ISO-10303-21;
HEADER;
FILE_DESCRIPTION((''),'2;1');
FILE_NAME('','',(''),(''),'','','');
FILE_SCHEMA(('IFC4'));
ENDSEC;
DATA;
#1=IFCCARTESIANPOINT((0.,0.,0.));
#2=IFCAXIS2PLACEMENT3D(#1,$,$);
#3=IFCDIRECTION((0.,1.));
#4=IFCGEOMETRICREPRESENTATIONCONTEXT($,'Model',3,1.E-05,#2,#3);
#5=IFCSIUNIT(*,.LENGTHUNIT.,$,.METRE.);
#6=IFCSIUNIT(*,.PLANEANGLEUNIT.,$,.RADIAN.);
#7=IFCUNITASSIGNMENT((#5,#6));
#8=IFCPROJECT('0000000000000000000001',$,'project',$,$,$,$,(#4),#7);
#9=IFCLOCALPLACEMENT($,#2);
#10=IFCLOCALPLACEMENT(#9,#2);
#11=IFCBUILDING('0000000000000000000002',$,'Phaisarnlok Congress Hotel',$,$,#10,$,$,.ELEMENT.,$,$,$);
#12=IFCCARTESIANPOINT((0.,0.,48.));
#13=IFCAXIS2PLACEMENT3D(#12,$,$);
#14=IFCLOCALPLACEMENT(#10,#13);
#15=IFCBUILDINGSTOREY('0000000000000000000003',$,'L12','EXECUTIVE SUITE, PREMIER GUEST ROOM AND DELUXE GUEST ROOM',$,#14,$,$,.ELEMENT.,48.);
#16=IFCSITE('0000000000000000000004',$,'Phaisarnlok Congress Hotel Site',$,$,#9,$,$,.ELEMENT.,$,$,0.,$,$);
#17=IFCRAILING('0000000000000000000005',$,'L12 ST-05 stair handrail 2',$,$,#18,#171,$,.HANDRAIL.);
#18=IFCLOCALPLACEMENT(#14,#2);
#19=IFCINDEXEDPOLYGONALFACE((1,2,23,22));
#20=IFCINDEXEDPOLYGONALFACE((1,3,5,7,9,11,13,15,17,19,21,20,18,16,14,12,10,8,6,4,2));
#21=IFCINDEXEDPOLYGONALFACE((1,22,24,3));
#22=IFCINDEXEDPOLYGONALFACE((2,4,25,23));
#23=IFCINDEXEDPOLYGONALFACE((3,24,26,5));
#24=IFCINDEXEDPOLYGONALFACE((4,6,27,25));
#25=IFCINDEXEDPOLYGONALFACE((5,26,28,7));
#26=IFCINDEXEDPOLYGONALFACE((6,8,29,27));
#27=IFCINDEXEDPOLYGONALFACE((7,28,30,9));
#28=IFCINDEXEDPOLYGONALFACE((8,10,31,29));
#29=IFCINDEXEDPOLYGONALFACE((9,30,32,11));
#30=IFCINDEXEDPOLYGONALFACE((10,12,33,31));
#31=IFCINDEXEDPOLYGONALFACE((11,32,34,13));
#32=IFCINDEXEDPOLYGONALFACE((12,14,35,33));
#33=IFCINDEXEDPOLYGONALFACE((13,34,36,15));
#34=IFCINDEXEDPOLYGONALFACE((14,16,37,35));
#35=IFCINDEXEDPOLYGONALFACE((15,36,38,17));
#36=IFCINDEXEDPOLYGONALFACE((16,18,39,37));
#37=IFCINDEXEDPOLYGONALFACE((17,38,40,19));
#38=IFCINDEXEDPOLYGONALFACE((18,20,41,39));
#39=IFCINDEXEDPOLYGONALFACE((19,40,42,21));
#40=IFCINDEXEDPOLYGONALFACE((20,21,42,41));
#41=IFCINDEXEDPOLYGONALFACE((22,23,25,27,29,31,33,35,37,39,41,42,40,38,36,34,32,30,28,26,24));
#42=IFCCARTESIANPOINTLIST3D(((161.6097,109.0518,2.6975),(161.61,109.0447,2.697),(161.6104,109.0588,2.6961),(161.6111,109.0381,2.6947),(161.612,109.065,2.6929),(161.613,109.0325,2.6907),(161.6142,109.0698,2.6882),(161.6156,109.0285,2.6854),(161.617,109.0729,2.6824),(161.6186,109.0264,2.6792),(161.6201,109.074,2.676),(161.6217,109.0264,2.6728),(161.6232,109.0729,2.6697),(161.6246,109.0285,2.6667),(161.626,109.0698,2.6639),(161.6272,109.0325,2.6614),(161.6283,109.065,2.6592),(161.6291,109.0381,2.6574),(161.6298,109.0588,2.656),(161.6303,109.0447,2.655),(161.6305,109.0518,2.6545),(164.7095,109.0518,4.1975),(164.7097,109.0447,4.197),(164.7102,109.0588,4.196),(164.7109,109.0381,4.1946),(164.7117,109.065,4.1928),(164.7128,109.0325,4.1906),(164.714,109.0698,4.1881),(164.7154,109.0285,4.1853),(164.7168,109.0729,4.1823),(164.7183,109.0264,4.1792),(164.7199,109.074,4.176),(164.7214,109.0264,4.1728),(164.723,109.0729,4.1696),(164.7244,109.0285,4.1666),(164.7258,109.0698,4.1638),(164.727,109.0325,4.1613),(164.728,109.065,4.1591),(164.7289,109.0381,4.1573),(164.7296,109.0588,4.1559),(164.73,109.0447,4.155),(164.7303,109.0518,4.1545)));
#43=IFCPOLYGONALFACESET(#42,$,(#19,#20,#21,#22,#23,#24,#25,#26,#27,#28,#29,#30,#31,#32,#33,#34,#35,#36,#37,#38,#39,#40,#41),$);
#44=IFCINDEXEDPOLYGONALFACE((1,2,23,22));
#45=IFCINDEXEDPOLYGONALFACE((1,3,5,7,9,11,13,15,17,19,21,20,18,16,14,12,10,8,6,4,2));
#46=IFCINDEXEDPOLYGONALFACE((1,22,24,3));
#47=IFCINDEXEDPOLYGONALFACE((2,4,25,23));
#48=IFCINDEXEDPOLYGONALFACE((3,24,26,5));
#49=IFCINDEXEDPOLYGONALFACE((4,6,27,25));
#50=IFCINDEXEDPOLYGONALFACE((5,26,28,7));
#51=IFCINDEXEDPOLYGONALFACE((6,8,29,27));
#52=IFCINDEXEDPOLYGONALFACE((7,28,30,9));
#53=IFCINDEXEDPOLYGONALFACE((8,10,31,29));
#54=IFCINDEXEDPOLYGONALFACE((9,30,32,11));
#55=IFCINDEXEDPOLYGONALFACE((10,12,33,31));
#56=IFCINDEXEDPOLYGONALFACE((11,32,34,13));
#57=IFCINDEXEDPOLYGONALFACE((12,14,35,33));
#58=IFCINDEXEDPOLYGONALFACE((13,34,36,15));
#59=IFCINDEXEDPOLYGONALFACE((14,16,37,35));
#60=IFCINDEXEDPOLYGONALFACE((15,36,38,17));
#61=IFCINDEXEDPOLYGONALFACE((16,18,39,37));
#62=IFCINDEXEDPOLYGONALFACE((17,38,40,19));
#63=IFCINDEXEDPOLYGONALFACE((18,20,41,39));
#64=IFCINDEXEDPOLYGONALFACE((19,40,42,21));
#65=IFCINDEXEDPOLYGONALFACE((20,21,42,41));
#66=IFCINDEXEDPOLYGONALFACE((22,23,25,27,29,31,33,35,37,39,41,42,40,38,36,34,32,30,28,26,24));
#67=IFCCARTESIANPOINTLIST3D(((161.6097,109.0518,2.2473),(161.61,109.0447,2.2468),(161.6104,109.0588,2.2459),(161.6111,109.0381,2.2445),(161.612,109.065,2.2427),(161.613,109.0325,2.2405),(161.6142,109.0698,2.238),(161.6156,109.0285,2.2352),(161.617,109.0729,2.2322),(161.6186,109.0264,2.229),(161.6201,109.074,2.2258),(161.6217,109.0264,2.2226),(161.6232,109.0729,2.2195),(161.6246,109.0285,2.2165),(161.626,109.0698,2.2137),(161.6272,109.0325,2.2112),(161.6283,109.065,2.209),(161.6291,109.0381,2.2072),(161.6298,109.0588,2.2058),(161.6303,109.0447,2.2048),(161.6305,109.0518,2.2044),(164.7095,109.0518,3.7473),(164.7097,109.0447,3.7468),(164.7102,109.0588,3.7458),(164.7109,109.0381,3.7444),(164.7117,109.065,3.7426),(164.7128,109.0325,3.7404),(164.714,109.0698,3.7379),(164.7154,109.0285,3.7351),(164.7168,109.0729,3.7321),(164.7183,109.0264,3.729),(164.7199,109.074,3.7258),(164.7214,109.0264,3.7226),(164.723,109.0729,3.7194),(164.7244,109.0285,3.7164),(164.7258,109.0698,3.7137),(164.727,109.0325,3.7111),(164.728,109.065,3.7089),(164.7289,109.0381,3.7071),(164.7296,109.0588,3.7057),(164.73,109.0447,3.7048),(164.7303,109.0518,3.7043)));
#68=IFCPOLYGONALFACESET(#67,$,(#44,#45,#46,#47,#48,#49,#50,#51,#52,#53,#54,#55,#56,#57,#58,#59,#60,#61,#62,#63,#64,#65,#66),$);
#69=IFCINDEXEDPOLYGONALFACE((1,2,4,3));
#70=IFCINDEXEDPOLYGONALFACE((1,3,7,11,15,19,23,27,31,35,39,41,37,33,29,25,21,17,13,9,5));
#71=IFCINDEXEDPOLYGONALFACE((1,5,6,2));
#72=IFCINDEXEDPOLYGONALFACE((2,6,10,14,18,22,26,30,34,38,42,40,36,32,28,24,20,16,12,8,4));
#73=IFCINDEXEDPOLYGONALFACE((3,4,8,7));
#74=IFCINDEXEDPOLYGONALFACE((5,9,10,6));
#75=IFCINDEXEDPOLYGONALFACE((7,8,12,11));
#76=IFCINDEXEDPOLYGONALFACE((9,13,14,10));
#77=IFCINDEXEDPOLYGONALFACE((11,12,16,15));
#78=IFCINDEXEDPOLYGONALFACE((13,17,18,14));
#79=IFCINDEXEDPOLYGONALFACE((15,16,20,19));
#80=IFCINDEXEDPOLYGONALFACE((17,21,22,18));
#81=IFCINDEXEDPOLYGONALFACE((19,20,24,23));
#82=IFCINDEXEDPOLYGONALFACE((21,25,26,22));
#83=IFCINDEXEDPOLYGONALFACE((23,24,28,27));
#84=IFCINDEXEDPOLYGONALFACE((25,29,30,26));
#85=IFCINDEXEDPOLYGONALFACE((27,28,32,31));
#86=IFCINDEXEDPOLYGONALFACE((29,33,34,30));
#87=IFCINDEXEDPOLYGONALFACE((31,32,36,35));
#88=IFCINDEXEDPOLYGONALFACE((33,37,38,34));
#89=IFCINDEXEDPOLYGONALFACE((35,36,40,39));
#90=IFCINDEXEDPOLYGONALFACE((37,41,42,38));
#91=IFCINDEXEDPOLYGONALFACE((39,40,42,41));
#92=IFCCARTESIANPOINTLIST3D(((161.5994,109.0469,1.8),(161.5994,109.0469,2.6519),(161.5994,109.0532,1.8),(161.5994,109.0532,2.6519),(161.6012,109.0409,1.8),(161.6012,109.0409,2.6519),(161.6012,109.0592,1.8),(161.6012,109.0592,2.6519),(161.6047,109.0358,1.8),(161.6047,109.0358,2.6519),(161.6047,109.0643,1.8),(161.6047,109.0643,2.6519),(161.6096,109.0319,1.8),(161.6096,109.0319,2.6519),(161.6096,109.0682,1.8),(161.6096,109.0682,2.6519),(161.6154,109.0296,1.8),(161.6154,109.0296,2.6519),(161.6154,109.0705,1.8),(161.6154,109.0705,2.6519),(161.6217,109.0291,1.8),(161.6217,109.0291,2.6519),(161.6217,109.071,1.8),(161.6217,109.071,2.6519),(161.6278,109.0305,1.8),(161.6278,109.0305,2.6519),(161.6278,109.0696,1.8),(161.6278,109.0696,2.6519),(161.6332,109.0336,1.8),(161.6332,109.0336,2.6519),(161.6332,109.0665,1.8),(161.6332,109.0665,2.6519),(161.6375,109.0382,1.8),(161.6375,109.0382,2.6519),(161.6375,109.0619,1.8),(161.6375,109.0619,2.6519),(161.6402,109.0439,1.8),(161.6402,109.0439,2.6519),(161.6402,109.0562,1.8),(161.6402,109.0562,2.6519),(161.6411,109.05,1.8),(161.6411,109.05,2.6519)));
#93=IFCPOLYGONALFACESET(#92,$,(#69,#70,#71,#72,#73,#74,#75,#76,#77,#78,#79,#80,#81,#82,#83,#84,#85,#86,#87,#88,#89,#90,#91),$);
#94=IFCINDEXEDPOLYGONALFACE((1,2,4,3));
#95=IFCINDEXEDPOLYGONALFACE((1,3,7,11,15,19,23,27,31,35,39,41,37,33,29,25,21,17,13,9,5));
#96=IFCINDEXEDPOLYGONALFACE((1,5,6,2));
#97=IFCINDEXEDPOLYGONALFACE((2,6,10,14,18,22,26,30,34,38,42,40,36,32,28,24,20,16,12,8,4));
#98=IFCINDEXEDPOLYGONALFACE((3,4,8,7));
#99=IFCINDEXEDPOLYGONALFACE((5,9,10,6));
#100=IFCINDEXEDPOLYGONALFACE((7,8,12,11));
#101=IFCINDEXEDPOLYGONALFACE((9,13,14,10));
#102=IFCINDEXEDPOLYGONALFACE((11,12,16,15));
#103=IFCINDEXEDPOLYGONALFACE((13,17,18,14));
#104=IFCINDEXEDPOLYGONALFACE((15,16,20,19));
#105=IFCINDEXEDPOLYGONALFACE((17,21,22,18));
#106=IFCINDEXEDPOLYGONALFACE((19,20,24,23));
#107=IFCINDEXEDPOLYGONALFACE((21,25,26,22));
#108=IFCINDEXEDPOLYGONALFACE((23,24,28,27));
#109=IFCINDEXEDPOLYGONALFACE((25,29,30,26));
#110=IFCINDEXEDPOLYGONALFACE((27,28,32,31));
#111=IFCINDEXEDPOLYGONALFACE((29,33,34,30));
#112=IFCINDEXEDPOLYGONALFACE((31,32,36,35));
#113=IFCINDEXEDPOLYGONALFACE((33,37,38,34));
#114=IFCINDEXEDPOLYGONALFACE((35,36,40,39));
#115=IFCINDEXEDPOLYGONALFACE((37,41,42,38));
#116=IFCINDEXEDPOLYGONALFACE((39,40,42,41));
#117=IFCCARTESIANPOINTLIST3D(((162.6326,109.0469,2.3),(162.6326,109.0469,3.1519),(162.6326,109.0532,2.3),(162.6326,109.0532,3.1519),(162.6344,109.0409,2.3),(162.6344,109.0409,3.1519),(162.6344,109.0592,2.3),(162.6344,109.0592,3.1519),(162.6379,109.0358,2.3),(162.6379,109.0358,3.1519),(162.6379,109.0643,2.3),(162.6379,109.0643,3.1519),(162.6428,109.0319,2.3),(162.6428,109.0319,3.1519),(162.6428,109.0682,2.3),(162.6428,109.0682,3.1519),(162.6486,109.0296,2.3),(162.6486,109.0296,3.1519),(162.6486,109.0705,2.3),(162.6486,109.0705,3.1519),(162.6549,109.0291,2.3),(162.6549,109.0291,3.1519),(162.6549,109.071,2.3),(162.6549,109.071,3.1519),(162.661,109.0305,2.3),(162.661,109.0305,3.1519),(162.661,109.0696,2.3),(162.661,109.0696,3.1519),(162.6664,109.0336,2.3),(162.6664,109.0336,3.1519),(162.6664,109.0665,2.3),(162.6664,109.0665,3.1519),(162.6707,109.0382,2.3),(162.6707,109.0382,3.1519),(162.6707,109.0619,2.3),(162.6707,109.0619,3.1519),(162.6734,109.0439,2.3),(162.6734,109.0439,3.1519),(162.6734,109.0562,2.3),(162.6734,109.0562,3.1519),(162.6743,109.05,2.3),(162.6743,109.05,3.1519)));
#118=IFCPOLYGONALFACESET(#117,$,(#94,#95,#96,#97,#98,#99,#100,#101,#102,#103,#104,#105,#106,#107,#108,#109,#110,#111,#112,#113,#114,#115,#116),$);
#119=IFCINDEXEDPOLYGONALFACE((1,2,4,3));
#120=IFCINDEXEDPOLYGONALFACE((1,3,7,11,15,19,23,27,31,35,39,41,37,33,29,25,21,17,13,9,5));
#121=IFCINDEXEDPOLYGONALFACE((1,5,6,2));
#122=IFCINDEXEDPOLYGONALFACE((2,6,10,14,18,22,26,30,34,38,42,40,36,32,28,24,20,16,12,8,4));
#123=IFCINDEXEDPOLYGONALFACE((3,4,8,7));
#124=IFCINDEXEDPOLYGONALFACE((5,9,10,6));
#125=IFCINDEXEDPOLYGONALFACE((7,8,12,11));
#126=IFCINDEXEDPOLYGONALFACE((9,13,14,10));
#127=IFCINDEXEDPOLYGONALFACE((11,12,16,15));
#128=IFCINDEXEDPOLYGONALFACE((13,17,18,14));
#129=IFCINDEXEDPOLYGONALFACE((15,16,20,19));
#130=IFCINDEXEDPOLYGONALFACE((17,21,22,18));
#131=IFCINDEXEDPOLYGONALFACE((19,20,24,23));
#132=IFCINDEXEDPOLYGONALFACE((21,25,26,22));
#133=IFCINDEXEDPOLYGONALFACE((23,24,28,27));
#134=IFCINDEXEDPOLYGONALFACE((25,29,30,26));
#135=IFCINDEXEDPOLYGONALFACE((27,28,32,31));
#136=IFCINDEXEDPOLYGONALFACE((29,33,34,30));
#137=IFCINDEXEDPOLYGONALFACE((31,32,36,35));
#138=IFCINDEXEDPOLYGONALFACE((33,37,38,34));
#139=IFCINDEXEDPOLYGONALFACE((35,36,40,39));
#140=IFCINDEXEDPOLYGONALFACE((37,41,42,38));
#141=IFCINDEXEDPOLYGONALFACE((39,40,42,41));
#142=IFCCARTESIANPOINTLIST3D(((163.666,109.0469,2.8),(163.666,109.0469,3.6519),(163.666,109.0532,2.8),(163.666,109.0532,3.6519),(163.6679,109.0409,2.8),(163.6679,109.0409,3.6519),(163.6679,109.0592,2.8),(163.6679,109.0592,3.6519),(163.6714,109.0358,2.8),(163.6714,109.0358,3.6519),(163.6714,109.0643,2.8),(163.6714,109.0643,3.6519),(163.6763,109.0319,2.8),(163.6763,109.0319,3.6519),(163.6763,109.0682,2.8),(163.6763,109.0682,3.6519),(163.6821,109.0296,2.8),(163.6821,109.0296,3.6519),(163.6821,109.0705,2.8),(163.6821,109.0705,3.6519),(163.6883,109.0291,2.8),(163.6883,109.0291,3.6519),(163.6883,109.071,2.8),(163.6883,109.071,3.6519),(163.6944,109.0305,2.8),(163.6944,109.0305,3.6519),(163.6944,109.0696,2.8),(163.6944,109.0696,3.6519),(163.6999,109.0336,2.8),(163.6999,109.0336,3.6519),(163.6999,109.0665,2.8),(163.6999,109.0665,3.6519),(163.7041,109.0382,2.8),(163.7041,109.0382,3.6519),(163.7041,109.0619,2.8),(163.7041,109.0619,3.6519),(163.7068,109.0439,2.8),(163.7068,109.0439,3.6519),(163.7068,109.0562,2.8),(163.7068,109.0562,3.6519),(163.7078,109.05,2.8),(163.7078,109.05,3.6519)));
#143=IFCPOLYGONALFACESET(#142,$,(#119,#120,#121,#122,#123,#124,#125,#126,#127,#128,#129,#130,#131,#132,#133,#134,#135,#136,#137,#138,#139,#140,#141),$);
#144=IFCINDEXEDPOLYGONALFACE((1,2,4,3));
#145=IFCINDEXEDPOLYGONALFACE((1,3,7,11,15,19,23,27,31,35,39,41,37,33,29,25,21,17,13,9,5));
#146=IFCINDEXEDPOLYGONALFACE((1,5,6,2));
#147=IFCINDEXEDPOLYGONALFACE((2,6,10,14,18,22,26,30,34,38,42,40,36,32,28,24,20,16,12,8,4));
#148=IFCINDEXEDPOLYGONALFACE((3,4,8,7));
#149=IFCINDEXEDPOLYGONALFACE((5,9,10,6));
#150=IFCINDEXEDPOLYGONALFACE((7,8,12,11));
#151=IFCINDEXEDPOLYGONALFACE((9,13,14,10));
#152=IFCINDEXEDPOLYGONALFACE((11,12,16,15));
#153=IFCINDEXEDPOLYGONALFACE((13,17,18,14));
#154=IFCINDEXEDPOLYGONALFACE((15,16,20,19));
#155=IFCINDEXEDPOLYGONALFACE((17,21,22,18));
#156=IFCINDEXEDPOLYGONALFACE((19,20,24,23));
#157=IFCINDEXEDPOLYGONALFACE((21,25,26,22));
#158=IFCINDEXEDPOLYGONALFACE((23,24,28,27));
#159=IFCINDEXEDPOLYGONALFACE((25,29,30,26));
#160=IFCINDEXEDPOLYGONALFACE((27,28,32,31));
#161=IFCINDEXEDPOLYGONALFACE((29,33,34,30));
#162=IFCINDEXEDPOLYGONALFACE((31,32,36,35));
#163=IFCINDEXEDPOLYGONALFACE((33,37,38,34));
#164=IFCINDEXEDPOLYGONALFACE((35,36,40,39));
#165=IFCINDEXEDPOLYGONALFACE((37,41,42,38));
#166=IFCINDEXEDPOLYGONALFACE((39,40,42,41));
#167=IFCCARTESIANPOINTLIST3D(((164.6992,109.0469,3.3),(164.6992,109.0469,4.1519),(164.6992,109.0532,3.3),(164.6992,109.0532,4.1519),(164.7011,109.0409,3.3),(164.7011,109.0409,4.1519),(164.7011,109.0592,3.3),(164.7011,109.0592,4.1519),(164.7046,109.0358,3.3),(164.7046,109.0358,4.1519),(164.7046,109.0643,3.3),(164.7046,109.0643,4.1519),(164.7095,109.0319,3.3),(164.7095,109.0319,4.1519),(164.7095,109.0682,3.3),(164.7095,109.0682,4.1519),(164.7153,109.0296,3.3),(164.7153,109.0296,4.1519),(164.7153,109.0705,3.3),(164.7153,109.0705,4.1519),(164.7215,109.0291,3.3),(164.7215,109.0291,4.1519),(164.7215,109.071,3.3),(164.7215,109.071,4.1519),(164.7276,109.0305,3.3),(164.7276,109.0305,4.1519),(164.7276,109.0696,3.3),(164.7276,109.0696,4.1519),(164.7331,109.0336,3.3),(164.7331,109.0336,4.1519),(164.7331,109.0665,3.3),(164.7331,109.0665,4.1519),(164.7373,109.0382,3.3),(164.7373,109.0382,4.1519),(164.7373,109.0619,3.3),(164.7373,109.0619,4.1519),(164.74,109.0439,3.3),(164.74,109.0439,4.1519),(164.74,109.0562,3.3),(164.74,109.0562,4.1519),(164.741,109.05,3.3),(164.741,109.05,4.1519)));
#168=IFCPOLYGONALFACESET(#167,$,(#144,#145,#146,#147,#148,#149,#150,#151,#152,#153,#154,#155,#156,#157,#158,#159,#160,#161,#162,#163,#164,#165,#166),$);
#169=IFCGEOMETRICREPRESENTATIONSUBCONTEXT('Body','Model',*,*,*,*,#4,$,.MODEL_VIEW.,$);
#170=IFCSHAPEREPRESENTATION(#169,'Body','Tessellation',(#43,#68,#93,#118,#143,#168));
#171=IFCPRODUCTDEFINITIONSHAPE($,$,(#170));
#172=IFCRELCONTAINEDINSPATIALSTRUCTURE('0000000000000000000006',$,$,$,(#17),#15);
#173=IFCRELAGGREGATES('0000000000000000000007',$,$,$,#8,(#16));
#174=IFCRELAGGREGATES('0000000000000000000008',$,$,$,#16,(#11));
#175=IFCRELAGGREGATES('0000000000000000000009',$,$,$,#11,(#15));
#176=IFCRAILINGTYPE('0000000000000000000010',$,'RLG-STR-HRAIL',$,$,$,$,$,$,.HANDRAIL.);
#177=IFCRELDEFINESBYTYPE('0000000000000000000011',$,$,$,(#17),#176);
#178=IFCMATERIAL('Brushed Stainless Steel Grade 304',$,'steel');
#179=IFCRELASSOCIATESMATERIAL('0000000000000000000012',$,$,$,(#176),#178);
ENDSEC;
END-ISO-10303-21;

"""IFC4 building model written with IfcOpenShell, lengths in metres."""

from ifc_helpers import new_model, si_unit, direction, frame, origin, origin_2d, place, context, subcontext, project, spatial, circle, extrude, material, type_object, element, save


model = new_model("IFC4")

# Units and contexts
model_context = context("Model", 3, precision=1e-05, world=origin(), true_north=direction((0.0, 1.0)))
body_context = subcontext(model_context, "Body", "Model", "MODEL_VIEW")
ifc_project = project(units=[si_unit("LENGTHUNIT", "METRE"), si_unit("PLANEANGLEUNIT", "RADIAN")], contexts=[model_context])

# Site, building, storey
site_placement = place(None, origin())
site = spatial("IfcSite", under=ifc_project, at=site_placement, Name="Phaisarnlok Congress Hotel Site", CompositionType="ELEMENT", RefElevation=0.0)
building_placement = place(site_placement, origin())
building = spatial("IfcBuilding", under=site, at=building_placement, Name="Phaisarnlok Congress Hotel", CompositionType="ELEMENT")
storey_placement = place(building_placement, frame((0.0, 0.0, 48.0)))
storey = spatial("IfcBuildingStorey", under=building, at=storey_placement, Name="L12", Description="EXECUTIVE SUITE, PREMIER GUEST ROOM AND DELUXE GUEST ROOM", CompositionType="ELEMENT", Elevation=48.0)

# Railing
ifc_material_1 = material(Name="Brushed Stainless Steel Grade 304", Category="steel")
railing_type_1 = type_object("IfcRailingType", Name="RLG-STR-HRAIL", PredefinedType="HANDRAIL", material=ifc_material_1)
railing_1_placement = place(storey_placement, frame((161.6201, 109.05, 1.8)))
element("IfcRailing", 1, at=railing_1_placement, inside=storey, type_object=railing_type_1, Name="L12 ST-05 stair handrail 2", PredefinedType="HANDRAIL", context=body_context, shape_type="SweptSolid", body=[
    extrude(circle(Radius=0.0239, at=origin_2d()), frame((0.0, 0.0, 0.876), z_axis=(0.900151, 0.0, 0.435578), x_axis=(0.0, 1.0, 0.0)), (0.0, 0.0, 1.0), 3.4436),
    extrude(circle(Radius=0.0239, at=origin_2d()), frame((0.0, 0.0, 0.4258), z_axis=(0.900151, 0.0, 0.435578), x_axis=(0.0, 1.0, 0.0)), (0.0, 0.0, 1.0), 3.4436),
    extrude(circle(Radius=0.021, at=origin_2d()), origin(), (0.0, 0.0, 1.0), 0.8518),
    extrude(circle(Radius=0.021, at=origin_2d()), frame((1.0332, 0.0, 0.5)), (0.0, 0.0, 1.0), 0.8518),
    extrude(circle(Radius=0.021, at=origin_2d()), frame((2.0667, 0.0, 1.0)), (0.0, 0.0, 1.0), 0.8518),
    extrude(circle(Radius=0.021, at=origin_2d()), frame((3.0999, 0.0, 1.5)), (0.0, 0.0, 1.0), 0.8518),
])

save(model, "model.ifc")
